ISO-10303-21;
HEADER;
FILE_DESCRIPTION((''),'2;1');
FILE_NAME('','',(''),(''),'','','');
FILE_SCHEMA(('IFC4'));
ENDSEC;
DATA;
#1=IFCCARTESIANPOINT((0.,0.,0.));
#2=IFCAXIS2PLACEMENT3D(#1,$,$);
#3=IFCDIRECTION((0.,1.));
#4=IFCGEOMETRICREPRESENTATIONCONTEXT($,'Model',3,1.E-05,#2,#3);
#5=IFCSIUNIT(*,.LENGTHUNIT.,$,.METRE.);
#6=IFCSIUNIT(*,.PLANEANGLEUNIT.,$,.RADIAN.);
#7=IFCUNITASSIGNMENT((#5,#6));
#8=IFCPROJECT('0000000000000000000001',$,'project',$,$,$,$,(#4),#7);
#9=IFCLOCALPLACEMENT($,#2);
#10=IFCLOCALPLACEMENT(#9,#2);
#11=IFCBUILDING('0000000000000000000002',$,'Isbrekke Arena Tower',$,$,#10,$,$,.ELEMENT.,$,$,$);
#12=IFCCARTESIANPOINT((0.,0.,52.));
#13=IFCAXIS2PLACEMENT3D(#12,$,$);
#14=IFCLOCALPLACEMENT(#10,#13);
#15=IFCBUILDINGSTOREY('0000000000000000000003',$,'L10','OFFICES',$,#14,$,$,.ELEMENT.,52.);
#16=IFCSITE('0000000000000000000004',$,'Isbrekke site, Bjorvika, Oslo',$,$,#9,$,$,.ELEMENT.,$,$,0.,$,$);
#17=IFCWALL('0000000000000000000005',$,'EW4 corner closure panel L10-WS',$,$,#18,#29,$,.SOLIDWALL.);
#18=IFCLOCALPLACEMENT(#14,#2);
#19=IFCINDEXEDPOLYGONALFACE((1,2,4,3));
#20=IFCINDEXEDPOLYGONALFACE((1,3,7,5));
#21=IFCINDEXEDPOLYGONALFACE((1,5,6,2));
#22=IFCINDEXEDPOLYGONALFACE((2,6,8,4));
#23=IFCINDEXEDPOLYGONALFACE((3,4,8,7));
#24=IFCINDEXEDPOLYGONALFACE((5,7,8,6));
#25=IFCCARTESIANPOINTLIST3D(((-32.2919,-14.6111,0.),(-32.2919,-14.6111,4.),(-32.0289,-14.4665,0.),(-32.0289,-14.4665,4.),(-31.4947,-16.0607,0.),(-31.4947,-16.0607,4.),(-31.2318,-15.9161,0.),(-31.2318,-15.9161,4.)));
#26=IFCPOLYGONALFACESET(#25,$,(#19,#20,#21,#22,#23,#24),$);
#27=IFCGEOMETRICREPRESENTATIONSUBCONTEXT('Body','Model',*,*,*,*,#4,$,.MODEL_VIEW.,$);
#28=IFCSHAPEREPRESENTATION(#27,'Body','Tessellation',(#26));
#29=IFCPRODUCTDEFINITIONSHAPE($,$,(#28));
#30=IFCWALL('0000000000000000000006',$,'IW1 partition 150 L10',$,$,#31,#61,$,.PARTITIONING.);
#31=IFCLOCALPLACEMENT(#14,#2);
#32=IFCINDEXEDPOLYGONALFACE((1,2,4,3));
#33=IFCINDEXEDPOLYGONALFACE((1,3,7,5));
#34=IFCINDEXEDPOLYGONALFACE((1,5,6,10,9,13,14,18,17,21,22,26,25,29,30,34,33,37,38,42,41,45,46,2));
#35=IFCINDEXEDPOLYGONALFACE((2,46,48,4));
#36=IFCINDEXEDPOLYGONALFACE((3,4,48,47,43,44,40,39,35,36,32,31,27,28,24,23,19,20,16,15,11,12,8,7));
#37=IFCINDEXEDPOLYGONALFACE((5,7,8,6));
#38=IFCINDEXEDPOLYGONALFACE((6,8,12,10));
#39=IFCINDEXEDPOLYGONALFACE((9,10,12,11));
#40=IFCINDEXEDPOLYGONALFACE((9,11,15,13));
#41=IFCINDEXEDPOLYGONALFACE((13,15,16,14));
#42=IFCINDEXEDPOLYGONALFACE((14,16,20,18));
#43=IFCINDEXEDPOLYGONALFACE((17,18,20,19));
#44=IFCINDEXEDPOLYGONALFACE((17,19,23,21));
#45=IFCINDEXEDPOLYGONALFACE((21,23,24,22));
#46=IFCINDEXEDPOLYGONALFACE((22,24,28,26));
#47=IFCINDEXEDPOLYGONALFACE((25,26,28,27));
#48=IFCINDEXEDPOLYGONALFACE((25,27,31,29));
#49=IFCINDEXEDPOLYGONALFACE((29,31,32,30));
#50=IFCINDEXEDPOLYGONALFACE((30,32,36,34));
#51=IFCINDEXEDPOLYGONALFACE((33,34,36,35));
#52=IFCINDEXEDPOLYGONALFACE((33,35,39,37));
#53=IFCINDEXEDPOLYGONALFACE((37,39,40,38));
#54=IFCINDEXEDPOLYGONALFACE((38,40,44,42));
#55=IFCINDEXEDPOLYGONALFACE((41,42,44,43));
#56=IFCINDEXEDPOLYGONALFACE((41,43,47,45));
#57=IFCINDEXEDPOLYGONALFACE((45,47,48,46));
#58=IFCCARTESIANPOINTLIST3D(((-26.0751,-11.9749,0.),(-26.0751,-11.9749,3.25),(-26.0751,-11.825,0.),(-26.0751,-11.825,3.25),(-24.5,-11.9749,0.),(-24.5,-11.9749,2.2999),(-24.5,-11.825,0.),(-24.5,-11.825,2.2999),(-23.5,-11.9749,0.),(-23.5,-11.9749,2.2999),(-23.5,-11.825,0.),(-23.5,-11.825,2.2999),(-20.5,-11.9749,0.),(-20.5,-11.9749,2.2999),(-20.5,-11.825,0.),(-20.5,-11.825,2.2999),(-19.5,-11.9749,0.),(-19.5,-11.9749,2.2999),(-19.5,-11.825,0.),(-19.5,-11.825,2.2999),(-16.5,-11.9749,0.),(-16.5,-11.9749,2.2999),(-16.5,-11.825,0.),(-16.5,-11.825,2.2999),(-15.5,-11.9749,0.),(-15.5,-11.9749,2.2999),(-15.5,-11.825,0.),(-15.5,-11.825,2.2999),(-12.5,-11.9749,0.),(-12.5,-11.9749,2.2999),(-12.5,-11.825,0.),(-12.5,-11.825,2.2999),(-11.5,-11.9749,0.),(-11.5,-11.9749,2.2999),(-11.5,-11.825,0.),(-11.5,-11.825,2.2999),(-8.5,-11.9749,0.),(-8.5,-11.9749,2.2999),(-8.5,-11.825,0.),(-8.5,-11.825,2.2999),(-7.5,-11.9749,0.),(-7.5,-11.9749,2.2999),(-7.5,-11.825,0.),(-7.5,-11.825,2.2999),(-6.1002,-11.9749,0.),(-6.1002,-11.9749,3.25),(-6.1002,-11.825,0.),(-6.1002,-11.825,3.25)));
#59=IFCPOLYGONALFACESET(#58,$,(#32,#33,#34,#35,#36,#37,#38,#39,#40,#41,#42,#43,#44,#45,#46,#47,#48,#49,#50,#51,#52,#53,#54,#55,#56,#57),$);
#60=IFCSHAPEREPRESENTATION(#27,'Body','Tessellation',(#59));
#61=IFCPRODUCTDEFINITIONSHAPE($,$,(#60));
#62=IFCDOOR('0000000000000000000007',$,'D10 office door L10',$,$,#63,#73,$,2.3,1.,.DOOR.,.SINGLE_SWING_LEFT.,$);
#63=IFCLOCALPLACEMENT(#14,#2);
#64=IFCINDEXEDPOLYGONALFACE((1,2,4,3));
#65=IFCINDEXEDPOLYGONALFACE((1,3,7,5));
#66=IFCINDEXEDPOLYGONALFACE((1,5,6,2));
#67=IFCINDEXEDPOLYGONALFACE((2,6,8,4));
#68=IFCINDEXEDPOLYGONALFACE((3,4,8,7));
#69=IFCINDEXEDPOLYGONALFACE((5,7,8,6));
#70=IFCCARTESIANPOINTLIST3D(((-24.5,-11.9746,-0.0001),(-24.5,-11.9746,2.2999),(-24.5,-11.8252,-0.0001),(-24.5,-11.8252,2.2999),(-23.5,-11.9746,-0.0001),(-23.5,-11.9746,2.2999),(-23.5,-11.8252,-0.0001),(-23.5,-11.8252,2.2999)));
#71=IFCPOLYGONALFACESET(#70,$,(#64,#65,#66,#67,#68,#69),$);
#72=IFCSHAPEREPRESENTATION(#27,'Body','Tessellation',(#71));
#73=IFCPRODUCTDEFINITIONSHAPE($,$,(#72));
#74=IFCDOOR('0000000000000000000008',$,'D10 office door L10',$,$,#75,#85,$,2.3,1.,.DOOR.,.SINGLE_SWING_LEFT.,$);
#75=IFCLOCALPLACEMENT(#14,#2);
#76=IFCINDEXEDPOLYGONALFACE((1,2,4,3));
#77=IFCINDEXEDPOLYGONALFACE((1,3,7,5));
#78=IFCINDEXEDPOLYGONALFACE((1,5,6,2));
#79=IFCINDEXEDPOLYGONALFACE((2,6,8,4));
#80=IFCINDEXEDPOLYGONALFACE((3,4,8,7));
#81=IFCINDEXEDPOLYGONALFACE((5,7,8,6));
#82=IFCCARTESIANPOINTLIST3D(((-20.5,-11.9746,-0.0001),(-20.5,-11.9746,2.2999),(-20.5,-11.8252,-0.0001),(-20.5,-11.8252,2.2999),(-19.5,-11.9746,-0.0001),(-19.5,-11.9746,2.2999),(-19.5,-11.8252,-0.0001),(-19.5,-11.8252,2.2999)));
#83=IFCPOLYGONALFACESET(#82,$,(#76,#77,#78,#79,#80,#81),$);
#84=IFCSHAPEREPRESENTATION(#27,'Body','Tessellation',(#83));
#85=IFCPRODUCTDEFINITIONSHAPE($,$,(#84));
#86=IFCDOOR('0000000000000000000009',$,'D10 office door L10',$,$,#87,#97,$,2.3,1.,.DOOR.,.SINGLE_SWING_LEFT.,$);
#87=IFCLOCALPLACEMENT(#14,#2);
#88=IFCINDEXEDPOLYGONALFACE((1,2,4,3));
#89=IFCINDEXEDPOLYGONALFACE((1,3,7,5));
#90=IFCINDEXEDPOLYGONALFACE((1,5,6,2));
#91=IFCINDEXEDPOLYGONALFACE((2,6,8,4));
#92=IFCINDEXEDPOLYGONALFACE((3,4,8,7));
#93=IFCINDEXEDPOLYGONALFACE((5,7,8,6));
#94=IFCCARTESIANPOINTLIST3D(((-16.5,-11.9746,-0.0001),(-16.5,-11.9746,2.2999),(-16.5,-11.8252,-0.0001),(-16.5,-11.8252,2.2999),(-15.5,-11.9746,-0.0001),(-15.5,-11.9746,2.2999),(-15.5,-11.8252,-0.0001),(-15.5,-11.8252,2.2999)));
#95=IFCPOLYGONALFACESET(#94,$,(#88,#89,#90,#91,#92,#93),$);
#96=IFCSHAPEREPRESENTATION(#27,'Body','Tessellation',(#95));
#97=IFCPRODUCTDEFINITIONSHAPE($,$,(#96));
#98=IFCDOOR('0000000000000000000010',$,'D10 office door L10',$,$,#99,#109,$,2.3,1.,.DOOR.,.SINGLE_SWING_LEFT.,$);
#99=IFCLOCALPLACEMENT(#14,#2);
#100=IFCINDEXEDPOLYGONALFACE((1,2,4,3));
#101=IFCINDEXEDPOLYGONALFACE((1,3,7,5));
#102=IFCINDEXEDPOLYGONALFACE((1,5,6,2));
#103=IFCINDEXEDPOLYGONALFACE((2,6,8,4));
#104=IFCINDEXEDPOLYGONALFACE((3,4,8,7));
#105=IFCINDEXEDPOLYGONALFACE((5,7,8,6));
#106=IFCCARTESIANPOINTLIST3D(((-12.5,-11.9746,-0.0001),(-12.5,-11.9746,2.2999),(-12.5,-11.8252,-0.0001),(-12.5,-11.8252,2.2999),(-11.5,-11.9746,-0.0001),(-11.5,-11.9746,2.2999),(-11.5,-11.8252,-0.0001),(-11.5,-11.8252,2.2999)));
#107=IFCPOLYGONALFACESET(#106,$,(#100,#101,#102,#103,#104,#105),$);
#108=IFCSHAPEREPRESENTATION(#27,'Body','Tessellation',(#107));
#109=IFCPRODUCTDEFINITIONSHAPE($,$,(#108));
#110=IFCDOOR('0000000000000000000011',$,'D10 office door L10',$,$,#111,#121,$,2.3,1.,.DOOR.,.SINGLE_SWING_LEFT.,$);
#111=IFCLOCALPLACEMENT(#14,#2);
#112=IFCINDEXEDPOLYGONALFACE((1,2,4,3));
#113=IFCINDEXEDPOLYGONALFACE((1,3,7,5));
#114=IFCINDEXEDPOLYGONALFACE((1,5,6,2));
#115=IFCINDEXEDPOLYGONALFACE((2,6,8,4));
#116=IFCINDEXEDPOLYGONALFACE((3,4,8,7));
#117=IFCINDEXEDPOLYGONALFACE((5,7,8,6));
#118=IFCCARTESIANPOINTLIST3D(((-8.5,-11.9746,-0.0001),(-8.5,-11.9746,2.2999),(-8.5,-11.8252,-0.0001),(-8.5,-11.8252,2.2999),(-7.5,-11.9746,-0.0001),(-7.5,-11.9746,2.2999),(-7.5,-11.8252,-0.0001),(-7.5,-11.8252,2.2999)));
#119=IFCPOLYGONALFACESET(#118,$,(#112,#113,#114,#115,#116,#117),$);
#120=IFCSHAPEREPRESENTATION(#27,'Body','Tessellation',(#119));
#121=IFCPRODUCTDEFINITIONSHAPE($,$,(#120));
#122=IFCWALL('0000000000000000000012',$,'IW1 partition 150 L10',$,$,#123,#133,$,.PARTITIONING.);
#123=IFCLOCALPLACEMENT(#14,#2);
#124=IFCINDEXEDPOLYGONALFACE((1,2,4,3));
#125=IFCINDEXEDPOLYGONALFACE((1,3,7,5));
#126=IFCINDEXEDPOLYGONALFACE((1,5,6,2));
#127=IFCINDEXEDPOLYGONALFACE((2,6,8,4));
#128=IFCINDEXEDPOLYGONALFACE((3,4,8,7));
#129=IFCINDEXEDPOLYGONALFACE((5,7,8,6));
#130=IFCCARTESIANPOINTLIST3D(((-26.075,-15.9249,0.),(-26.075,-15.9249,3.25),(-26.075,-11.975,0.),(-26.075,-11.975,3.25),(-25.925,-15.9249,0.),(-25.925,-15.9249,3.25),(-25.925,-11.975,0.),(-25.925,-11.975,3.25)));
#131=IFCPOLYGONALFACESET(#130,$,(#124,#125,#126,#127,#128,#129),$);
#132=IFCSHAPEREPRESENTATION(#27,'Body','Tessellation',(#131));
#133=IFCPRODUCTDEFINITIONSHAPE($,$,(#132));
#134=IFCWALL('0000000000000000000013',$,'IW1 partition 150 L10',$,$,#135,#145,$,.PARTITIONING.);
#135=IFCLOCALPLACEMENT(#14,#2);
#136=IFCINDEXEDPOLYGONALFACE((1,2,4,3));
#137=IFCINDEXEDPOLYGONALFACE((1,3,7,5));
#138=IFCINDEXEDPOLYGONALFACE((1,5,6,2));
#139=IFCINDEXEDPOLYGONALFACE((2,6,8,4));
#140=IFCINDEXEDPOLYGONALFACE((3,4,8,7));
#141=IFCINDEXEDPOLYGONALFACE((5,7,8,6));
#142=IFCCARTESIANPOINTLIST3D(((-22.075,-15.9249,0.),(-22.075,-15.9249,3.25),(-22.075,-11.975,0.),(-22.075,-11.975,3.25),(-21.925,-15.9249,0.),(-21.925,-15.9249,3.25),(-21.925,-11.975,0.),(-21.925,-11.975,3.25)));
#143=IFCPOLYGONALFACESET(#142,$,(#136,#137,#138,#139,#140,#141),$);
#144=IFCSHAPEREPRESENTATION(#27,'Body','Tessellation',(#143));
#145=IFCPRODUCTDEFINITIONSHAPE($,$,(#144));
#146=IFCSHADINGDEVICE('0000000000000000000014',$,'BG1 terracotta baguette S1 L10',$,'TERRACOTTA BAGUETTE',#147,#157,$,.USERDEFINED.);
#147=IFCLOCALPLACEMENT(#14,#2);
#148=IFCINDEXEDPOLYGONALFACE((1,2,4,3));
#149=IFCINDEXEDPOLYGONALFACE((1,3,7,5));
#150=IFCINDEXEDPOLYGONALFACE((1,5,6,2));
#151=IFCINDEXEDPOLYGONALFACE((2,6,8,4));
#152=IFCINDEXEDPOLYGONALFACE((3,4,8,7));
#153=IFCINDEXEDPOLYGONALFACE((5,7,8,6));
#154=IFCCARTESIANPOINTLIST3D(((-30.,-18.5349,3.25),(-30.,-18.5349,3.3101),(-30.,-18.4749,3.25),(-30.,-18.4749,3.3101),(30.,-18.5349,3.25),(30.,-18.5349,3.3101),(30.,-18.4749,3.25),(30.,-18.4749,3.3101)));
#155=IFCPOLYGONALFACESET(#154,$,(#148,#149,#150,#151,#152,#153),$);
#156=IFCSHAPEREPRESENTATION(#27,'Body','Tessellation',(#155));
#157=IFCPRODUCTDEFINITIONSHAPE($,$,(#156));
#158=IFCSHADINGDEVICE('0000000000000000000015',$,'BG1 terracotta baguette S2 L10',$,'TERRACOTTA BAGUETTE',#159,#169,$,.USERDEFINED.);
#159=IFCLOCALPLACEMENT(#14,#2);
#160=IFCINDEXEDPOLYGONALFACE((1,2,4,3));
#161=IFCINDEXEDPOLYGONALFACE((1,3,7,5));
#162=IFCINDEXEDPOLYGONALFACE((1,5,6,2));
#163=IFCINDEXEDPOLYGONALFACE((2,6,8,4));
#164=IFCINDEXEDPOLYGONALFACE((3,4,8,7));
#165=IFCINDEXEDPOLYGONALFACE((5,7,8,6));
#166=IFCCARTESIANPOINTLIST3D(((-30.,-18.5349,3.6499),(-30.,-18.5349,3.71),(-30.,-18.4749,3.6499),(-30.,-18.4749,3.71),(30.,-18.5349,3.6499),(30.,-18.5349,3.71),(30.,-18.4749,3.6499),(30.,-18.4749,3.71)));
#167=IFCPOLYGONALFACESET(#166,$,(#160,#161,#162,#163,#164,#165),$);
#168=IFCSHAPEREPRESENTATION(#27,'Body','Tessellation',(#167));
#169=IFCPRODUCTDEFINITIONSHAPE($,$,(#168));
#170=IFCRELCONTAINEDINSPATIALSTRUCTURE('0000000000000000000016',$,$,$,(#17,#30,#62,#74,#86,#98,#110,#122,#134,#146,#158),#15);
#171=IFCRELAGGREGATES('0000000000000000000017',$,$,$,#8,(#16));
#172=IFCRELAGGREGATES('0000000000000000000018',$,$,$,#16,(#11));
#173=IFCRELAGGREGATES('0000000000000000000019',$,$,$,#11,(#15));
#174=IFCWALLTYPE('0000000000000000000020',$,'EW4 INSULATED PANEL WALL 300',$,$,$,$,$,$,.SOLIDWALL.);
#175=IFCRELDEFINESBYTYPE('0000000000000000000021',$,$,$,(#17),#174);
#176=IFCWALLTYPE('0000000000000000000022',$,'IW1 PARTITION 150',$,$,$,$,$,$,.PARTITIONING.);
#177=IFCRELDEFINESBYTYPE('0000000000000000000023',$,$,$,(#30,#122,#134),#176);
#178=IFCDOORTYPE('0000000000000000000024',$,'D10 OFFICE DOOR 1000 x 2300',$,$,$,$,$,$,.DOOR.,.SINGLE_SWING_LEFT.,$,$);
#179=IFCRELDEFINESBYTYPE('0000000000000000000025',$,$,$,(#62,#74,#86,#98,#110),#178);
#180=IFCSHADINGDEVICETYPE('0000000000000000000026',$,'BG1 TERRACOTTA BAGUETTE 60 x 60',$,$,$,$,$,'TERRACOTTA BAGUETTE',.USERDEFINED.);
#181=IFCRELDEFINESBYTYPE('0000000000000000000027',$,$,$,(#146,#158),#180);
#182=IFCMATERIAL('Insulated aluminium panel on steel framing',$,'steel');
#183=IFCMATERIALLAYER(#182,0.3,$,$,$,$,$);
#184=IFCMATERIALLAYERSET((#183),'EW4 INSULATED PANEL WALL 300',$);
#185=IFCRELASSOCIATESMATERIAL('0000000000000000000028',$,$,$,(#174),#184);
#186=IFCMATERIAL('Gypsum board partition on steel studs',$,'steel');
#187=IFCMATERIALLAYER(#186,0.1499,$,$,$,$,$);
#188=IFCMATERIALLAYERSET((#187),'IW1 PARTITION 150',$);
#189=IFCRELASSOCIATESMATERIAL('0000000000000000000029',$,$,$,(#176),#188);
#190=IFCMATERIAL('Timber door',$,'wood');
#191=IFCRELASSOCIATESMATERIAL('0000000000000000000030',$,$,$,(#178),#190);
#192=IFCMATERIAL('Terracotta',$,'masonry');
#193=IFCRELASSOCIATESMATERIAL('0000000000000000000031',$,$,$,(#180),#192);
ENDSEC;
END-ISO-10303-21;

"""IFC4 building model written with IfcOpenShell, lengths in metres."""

from ifc_helpers import new_model, si_unit, direction, frame, frame_2d, origin, origin_2d, place, context, subcontext, project, spatial, rectangle, extrude, material, layer, layer_set, material_profile, profile_set, type_object, element, fill, save


model = new_model("IFC4")

# Units and contexts
model_context = context("Model", 3, precision=1e-05, world=origin(), true_north=direction((0.0, 1.0)))
body_context = subcontext(model_context, "Body", "Model", "MODEL_VIEW")
ifc_project = project(units=[si_unit("LENGTHUNIT", "METRE"), si_unit("PLANEANGLEUNIT", "RADIAN")], contexts=[model_context])

# Site, building, storey
site_placement = place(None, origin())
site = spatial("IfcSite", under=ifc_project, at=site_placement, Name="Isbrekke site, Bjorvika, Oslo", CompositionType="ELEMENT", RefElevation=0.0)
building_placement = place(site_placement, origin())
building = spatial("IfcBuilding", under=site, at=building_placement, Name="Isbrekke Arena Tower", CompositionType="ELEMENT")
storey_placement = place(building_placement, frame((0.0, 0.0, 52.0)))
storey = spatial("IfcBuildingStorey", under=building, at=storey_placement, Name="L10", Description="OFFICES", CompositionType="ELEMENT", Elevation=52.0)

# Wall
ifc_material_1 = material(Name="Insulated aluminium panel on steel framing", Category="steel")
ifc_layer_1 = layer(ifc_material_1, 0.3)
ifc_layer_set_1 = layer_set([ifc_layer_1], Name="EW4 INSULATED PANEL WALL 300")
wall_type_1 = type_object("IfcWallType", Name="EW4 INSULATED PANEL WALL 300", PredefinedType="SOLIDWALL", material=ifc_layer_set_1)
wall_1_placement = place(storey_placement, frame((-32.1604, -14.5388, 0.0), z_axis=(0.0, 0.0, 1.0), x_axis=(0.481879, -0.876238, 0.0)))
element("IfcWall", 1, at=wall_1_placement, inside=storey, type_object=wall_type_1, Name="EW4 corner closure panel L10-WS", PredefinedType="SOLIDWALL", context=body_context, shape_type="SweptSolid", body=[
    extrude(rectangle(XDim=1.6543, YDim=0.3, at=frame_2d((0.8271, 0.0))), origin(), (0.0, 0.0, 1.0), 4.0),
])

# Wall, openings, doors
ifc_material_2 = material(Name="Gypsum board partition on steel studs", Category="steel")
ifc_layer_2 = layer(ifc_material_2, 0.1499)
ifc_layer_set_2 = layer_set([ifc_layer_2], Name="IW1 PARTITION 150")
wall_type_2 = type_object("IfcWallType", Name="IW1 PARTITION 150", PredefinedType="PARTITIONING", material=ifc_layer_set_2)
wall_2_placement = place(storey_placement, frame((-26.075, -11.8999, 0.0), z_axis=(0.0, 0.0, 1.0), x_axis=(1.0, 0.0, 0.0)))
wall_2 = element("IfcWall", 2, at=wall_2_placement, inside=storey, type_object=wall_type_2, Name="IW1 partition 150 L10", PredefinedType="PARTITIONING", context=body_context, shape_type="SweptSolid", body=[
    extrude(rectangle(XDim=19.9749, YDim=0.1499, at=frame_2d((9.9873, 0.0))), origin(), (0.0, 0.0, 1.0), 3.25),
])
opening_1_placement = place(wall_2_placement, frame((1.575, 0.0, 0.0)))
opening_1 = element("IfcOpeningElement", 3, at=opening_1_placement, cuts=wall_2, PredefinedType="OPENING", context=body_context, shape_type="SweptSolid", body=[
    extrude(rectangle(XDim=1.0, YDim=2.3, at=frame_2d((0.5, 1.1499))), frame((0.0, 0.0898, 0.0), z_axis=(0.0, -1.0, 0.0), x_axis=(1.0, 0.0, 0.0)), (0.0, 0.0, 1.0), 0.1797),
])
opening_2_placement = place(wall_2_placement, frame((5.575, 0.0, 0.0)))
opening_2 = element("IfcOpeningElement", 4, at=opening_2_placement, cuts=wall_2, PredefinedType="OPENING", context=body_context, shape_type="SweptSolid", body=[
    extrude(rectangle(XDim=1.0, YDim=2.3, at=frame_2d((0.5, 1.1499))), frame((0.0, 0.0898, 0.0), z_axis=(0.0, -1.0, 0.0), x_axis=(1.0, 0.0, 0.0)), (0.0, 0.0, 1.0), 0.1797),
])
opening_3_placement = place(wall_2_placement, frame((9.575, 0.0, 0.0)))
opening_3 = element("IfcOpeningElement", 5, at=opening_3_placement, cuts=wall_2, PredefinedType="OPENING", context=body_context, shape_type="SweptSolid", body=[
    extrude(rectangle(XDim=1.0, YDim=2.3, at=frame_2d((0.5, 1.1499))), frame((0.0, 0.0898, 0.0), z_axis=(0.0, -1.0, 0.0), x_axis=(1.0, 0.0, 0.0)), (0.0, 0.0, 1.0), 0.1797),
])
opening_4_placement = place(wall_2_placement, frame((13.575, 0.0, 0.0)))
opening_4 = element("IfcOpeningElement", 6, at=opening_4_placement, cuts=wall_2, PredefinedType="OPENING", context=body_context, shape_type="SweptSolid", body=[
    extrude(rectangle(XDim=1.0, YDim=2.3, at=frame_2d((0.5, 1.1499))), frame((0.0, 0.0898, 0.0), z_axis=(0.0, -1.0, 0.0), x_axis=(1.0, 0.0, 0.0)), (0.0, 0.0, 1.0), 0.1797),
])
opening_5_placement = place(wall_2_placement, frame((17.575, 0.0, 0.0)))
opening_5 = element("IfcOpeningElement", 7, at=opening_5_placement, cuts=wall_2, PredefinedType="OPENING", context=body_context, shape_type="SweptSolid", body=[
    extrude(rectangle(XDim=1.0, YDim=2.3, at=frame_2d((0.5, 1.1499))), frame((0.0, 0.0898, 0.0), z_axis=(0.0, -1.0, 0.0), x_axis=(1.0, 0.0, 0.0)), (0.0, 0.0, 1.0), 0.1797),
])
ifc_material_3 = material(Name="Timber door", Category="wood")
door_type = type_object("IfcDoorType", Name="D10 OFFICE DOOR 1000 x 2300", OperationType="SINGLE_SWING_LEFT", PredefinedType="DOOR", material=ifc_material_3)
door_1_placement = place(opening_1_placement, origin())
door_1 = element("IfcDoor", 8, at=door_1_placement, inside=storey, type_object=door_type, Name="D10 office door L10", OperationType="SINGLE_SWING_LEFT", OverallHeight=2.3, OverallWidth=1.0, PredefinedType="DOOR", context=body_context, shape_type="SweptSolid", body=[
    extrude(rectangle(XDim=1.0, YDim=2.3, at=frame_2d((0.5, 1.1499))), frame((0.0, 0.0747, 0.0), z_axis=(0.0, -1.0, 0.0), x_axis=(1.0, 0.0, 0.0)), (0.0, 0.0, 1.0), 0.1494),
])
fill(opening_1, door_1)
door_2_placement = place(opening_2_placement, origin())
door_2 = element("IfcDoor", 9, at=door_2_placement, inside=storey, type_object=door_type, Name="D10 office door L10", OperationType="SINGLE_SWING_LEFT", OverallHeight=2.3, OverallWidth=1.0, PredefinedType="DOOR", context=body_context, shape_type="SweptSolid", body=[
    extrude(rectangle(XDim=1.0, YDim=2.3, at=frame_2d((0.5, 1.1499))), frame((0.0, 0.0747, 0.0), z_axis=(0.0, -1.0, 0.0), x_axis=(1.0, 0.0, 0.0)), (0.0, 0.0, 1.0), 0.1494),
])
fill(opening_2, door_2)
door_3_placement = place(opening_3_placement, origin())
door_3 = element("IfcDoor", 10, at=door_3_placement, inside=storey, type_object=door_type, Name="D10 office door L10", OperationType="SINGLE_SWING_LEFT", OverallHeight=2.3, OverallWidth=1.0, PredefinedType="DOOR", context=body_context, shape_type="SweptSolid", body=[
    extrude(rectangle(XDim=1.0, YDim=2.3, at=frame_2d((0.5, 1.1499))), frame((0.0, 0.0747, 0.0), z_axis=(0.0, -1.0, 0.0), x_axis=(1.0, 0.0, 0.0)), (0.0, 0.0, 1.0), 0.1494),
])
fill(opening_3, door_3)
door_4_placement = place(opening_4_placement, origin())
door_4 = element("IfcDoor", 11, at=door_4_placement, inside=storey, type_object=door_type, Name="D10 office door L10", OperationType="SINGLE_SWING_LEFT", OverallHeight=2.3, OverallWidth=1.0, PredefinedType="DOOR", context=body_context, shape_type="SweptSolid", body=[
    extrude(rectangle(XDim=1.0, YDim=2.3, at=frame_2d((0.5, 1.1499))), frame((0.0, 0.0747, 0.0), z_axis=(0.0, -1.0, 0.0), x_axis=(1.0, 0.0, 0.0)), (0.0, 0.0, 1.0), 0.1494),
])
fill(opening_4, door_4)
door_5_placement = place(opening_5_placement, origin())
door_5 = element("IfcDoor", 12, at=door_5_placement, inside=storey, type_object=door_type, Name="D10 office door L10", OperationType="SINGLE_SWING_LEFT", OverallHeight=2.3, OverallWidth=1.0, PredefinedType="DOOR", context=body_context, shape_type="SweptSolid", body=[
    extrude(rectangle(XDim=1.0, YDim=2.3, at=frame_2d((0.5, 1.1499))), frame((0.0, 0.0747, 0.0), z_axis=(0.0, -1.0, 0.0), x_axis=(1.0, 0.0, 0.0)), (0.0, 0.0, 1.0), 0.1494),
])
fill(opening_5, door_5)

# Walls
for number, where, z_axis, x_axis, name in (
    (13, (-26.0, -15.925, 0.0), (0.0, 0.0, 1.0), (0.0, 1.0, 0.0), "IW1 partition 150 L10"),
    (14, (-22.0, -15.925, 0.0), (0.0, 0.0, 1.0), (0.0, 1.0, 0.0), "IW1 partition 150 L10"),
):
    element("IfcWall", number, at=place(storey_placement, frame(where, z_axis=z_axis, x_axis=x_axis)), inside=storey, type_object=wall_type_2, Name=name, PredefinedType="PARTITIONING", context=body_context, shape_type="SweptSolid", body=[
        extrude(rectangle(XDim=3.95, YDim=0.1499, at=frame_2d((1.9751, 0.0))), origin(), (0.0, 0.0, 1.0), 3.25),
    ])

# Shading devices
ifc_material_4 = material(Name="Terracotta", Category="masonry")
ifc_material_profile_1 = material_profile(ifc_material_4, rectangle(XDim=0.0601, YDim=0.0601, at=origin_2d()), Name="BAGUETTE 60X60")
ifc_profile_set_1 = profile_set([ifc_material_profile_1], Name="Terracotta")
shading_device_type = type_object("IfcShadingDeviceType", Name="BG1 TERRACOTTA BAGUETTE 60 x 60", ElementType="TERRACOTTA BAGUETTE", PredefinedType="USERDEFINED", material=ifc_profile_set_1)
for number, where, z_axis, x_axis, name in (
    (15, (-30.0, -18.5049, 3.28), (1.0, 0.0, 0.0), (0.0, 1.0, 0.0), "BG1 terracotta baguette S1 L10"),
    (16, (-30.0, -18.5049, 3.6799), (1.0, 0.0, 0.0), (0.0, 1.0, 0.0), "BG1 terracotta baguette S2 L10"),
):
    element("IfcShadingDevice", number, at=place(storey_placement, frame(where, z_axis=z_axis, x_axis=x_axis)), inside=storey, type_object=shading_device_type, Name=name, ObjectType="TERRACOTTA BAGUETTE", PredefinedType="USERDEFINED", context=body_context, shape_type="SweptSolid", body=[
        extrude(rectangle(XDim=0.0601, YDim=0.0601, at=origin_2d()), origin(), (0.0, 0.0, 1.0), 60.0),
    ])

save(model, "model.ifc")
